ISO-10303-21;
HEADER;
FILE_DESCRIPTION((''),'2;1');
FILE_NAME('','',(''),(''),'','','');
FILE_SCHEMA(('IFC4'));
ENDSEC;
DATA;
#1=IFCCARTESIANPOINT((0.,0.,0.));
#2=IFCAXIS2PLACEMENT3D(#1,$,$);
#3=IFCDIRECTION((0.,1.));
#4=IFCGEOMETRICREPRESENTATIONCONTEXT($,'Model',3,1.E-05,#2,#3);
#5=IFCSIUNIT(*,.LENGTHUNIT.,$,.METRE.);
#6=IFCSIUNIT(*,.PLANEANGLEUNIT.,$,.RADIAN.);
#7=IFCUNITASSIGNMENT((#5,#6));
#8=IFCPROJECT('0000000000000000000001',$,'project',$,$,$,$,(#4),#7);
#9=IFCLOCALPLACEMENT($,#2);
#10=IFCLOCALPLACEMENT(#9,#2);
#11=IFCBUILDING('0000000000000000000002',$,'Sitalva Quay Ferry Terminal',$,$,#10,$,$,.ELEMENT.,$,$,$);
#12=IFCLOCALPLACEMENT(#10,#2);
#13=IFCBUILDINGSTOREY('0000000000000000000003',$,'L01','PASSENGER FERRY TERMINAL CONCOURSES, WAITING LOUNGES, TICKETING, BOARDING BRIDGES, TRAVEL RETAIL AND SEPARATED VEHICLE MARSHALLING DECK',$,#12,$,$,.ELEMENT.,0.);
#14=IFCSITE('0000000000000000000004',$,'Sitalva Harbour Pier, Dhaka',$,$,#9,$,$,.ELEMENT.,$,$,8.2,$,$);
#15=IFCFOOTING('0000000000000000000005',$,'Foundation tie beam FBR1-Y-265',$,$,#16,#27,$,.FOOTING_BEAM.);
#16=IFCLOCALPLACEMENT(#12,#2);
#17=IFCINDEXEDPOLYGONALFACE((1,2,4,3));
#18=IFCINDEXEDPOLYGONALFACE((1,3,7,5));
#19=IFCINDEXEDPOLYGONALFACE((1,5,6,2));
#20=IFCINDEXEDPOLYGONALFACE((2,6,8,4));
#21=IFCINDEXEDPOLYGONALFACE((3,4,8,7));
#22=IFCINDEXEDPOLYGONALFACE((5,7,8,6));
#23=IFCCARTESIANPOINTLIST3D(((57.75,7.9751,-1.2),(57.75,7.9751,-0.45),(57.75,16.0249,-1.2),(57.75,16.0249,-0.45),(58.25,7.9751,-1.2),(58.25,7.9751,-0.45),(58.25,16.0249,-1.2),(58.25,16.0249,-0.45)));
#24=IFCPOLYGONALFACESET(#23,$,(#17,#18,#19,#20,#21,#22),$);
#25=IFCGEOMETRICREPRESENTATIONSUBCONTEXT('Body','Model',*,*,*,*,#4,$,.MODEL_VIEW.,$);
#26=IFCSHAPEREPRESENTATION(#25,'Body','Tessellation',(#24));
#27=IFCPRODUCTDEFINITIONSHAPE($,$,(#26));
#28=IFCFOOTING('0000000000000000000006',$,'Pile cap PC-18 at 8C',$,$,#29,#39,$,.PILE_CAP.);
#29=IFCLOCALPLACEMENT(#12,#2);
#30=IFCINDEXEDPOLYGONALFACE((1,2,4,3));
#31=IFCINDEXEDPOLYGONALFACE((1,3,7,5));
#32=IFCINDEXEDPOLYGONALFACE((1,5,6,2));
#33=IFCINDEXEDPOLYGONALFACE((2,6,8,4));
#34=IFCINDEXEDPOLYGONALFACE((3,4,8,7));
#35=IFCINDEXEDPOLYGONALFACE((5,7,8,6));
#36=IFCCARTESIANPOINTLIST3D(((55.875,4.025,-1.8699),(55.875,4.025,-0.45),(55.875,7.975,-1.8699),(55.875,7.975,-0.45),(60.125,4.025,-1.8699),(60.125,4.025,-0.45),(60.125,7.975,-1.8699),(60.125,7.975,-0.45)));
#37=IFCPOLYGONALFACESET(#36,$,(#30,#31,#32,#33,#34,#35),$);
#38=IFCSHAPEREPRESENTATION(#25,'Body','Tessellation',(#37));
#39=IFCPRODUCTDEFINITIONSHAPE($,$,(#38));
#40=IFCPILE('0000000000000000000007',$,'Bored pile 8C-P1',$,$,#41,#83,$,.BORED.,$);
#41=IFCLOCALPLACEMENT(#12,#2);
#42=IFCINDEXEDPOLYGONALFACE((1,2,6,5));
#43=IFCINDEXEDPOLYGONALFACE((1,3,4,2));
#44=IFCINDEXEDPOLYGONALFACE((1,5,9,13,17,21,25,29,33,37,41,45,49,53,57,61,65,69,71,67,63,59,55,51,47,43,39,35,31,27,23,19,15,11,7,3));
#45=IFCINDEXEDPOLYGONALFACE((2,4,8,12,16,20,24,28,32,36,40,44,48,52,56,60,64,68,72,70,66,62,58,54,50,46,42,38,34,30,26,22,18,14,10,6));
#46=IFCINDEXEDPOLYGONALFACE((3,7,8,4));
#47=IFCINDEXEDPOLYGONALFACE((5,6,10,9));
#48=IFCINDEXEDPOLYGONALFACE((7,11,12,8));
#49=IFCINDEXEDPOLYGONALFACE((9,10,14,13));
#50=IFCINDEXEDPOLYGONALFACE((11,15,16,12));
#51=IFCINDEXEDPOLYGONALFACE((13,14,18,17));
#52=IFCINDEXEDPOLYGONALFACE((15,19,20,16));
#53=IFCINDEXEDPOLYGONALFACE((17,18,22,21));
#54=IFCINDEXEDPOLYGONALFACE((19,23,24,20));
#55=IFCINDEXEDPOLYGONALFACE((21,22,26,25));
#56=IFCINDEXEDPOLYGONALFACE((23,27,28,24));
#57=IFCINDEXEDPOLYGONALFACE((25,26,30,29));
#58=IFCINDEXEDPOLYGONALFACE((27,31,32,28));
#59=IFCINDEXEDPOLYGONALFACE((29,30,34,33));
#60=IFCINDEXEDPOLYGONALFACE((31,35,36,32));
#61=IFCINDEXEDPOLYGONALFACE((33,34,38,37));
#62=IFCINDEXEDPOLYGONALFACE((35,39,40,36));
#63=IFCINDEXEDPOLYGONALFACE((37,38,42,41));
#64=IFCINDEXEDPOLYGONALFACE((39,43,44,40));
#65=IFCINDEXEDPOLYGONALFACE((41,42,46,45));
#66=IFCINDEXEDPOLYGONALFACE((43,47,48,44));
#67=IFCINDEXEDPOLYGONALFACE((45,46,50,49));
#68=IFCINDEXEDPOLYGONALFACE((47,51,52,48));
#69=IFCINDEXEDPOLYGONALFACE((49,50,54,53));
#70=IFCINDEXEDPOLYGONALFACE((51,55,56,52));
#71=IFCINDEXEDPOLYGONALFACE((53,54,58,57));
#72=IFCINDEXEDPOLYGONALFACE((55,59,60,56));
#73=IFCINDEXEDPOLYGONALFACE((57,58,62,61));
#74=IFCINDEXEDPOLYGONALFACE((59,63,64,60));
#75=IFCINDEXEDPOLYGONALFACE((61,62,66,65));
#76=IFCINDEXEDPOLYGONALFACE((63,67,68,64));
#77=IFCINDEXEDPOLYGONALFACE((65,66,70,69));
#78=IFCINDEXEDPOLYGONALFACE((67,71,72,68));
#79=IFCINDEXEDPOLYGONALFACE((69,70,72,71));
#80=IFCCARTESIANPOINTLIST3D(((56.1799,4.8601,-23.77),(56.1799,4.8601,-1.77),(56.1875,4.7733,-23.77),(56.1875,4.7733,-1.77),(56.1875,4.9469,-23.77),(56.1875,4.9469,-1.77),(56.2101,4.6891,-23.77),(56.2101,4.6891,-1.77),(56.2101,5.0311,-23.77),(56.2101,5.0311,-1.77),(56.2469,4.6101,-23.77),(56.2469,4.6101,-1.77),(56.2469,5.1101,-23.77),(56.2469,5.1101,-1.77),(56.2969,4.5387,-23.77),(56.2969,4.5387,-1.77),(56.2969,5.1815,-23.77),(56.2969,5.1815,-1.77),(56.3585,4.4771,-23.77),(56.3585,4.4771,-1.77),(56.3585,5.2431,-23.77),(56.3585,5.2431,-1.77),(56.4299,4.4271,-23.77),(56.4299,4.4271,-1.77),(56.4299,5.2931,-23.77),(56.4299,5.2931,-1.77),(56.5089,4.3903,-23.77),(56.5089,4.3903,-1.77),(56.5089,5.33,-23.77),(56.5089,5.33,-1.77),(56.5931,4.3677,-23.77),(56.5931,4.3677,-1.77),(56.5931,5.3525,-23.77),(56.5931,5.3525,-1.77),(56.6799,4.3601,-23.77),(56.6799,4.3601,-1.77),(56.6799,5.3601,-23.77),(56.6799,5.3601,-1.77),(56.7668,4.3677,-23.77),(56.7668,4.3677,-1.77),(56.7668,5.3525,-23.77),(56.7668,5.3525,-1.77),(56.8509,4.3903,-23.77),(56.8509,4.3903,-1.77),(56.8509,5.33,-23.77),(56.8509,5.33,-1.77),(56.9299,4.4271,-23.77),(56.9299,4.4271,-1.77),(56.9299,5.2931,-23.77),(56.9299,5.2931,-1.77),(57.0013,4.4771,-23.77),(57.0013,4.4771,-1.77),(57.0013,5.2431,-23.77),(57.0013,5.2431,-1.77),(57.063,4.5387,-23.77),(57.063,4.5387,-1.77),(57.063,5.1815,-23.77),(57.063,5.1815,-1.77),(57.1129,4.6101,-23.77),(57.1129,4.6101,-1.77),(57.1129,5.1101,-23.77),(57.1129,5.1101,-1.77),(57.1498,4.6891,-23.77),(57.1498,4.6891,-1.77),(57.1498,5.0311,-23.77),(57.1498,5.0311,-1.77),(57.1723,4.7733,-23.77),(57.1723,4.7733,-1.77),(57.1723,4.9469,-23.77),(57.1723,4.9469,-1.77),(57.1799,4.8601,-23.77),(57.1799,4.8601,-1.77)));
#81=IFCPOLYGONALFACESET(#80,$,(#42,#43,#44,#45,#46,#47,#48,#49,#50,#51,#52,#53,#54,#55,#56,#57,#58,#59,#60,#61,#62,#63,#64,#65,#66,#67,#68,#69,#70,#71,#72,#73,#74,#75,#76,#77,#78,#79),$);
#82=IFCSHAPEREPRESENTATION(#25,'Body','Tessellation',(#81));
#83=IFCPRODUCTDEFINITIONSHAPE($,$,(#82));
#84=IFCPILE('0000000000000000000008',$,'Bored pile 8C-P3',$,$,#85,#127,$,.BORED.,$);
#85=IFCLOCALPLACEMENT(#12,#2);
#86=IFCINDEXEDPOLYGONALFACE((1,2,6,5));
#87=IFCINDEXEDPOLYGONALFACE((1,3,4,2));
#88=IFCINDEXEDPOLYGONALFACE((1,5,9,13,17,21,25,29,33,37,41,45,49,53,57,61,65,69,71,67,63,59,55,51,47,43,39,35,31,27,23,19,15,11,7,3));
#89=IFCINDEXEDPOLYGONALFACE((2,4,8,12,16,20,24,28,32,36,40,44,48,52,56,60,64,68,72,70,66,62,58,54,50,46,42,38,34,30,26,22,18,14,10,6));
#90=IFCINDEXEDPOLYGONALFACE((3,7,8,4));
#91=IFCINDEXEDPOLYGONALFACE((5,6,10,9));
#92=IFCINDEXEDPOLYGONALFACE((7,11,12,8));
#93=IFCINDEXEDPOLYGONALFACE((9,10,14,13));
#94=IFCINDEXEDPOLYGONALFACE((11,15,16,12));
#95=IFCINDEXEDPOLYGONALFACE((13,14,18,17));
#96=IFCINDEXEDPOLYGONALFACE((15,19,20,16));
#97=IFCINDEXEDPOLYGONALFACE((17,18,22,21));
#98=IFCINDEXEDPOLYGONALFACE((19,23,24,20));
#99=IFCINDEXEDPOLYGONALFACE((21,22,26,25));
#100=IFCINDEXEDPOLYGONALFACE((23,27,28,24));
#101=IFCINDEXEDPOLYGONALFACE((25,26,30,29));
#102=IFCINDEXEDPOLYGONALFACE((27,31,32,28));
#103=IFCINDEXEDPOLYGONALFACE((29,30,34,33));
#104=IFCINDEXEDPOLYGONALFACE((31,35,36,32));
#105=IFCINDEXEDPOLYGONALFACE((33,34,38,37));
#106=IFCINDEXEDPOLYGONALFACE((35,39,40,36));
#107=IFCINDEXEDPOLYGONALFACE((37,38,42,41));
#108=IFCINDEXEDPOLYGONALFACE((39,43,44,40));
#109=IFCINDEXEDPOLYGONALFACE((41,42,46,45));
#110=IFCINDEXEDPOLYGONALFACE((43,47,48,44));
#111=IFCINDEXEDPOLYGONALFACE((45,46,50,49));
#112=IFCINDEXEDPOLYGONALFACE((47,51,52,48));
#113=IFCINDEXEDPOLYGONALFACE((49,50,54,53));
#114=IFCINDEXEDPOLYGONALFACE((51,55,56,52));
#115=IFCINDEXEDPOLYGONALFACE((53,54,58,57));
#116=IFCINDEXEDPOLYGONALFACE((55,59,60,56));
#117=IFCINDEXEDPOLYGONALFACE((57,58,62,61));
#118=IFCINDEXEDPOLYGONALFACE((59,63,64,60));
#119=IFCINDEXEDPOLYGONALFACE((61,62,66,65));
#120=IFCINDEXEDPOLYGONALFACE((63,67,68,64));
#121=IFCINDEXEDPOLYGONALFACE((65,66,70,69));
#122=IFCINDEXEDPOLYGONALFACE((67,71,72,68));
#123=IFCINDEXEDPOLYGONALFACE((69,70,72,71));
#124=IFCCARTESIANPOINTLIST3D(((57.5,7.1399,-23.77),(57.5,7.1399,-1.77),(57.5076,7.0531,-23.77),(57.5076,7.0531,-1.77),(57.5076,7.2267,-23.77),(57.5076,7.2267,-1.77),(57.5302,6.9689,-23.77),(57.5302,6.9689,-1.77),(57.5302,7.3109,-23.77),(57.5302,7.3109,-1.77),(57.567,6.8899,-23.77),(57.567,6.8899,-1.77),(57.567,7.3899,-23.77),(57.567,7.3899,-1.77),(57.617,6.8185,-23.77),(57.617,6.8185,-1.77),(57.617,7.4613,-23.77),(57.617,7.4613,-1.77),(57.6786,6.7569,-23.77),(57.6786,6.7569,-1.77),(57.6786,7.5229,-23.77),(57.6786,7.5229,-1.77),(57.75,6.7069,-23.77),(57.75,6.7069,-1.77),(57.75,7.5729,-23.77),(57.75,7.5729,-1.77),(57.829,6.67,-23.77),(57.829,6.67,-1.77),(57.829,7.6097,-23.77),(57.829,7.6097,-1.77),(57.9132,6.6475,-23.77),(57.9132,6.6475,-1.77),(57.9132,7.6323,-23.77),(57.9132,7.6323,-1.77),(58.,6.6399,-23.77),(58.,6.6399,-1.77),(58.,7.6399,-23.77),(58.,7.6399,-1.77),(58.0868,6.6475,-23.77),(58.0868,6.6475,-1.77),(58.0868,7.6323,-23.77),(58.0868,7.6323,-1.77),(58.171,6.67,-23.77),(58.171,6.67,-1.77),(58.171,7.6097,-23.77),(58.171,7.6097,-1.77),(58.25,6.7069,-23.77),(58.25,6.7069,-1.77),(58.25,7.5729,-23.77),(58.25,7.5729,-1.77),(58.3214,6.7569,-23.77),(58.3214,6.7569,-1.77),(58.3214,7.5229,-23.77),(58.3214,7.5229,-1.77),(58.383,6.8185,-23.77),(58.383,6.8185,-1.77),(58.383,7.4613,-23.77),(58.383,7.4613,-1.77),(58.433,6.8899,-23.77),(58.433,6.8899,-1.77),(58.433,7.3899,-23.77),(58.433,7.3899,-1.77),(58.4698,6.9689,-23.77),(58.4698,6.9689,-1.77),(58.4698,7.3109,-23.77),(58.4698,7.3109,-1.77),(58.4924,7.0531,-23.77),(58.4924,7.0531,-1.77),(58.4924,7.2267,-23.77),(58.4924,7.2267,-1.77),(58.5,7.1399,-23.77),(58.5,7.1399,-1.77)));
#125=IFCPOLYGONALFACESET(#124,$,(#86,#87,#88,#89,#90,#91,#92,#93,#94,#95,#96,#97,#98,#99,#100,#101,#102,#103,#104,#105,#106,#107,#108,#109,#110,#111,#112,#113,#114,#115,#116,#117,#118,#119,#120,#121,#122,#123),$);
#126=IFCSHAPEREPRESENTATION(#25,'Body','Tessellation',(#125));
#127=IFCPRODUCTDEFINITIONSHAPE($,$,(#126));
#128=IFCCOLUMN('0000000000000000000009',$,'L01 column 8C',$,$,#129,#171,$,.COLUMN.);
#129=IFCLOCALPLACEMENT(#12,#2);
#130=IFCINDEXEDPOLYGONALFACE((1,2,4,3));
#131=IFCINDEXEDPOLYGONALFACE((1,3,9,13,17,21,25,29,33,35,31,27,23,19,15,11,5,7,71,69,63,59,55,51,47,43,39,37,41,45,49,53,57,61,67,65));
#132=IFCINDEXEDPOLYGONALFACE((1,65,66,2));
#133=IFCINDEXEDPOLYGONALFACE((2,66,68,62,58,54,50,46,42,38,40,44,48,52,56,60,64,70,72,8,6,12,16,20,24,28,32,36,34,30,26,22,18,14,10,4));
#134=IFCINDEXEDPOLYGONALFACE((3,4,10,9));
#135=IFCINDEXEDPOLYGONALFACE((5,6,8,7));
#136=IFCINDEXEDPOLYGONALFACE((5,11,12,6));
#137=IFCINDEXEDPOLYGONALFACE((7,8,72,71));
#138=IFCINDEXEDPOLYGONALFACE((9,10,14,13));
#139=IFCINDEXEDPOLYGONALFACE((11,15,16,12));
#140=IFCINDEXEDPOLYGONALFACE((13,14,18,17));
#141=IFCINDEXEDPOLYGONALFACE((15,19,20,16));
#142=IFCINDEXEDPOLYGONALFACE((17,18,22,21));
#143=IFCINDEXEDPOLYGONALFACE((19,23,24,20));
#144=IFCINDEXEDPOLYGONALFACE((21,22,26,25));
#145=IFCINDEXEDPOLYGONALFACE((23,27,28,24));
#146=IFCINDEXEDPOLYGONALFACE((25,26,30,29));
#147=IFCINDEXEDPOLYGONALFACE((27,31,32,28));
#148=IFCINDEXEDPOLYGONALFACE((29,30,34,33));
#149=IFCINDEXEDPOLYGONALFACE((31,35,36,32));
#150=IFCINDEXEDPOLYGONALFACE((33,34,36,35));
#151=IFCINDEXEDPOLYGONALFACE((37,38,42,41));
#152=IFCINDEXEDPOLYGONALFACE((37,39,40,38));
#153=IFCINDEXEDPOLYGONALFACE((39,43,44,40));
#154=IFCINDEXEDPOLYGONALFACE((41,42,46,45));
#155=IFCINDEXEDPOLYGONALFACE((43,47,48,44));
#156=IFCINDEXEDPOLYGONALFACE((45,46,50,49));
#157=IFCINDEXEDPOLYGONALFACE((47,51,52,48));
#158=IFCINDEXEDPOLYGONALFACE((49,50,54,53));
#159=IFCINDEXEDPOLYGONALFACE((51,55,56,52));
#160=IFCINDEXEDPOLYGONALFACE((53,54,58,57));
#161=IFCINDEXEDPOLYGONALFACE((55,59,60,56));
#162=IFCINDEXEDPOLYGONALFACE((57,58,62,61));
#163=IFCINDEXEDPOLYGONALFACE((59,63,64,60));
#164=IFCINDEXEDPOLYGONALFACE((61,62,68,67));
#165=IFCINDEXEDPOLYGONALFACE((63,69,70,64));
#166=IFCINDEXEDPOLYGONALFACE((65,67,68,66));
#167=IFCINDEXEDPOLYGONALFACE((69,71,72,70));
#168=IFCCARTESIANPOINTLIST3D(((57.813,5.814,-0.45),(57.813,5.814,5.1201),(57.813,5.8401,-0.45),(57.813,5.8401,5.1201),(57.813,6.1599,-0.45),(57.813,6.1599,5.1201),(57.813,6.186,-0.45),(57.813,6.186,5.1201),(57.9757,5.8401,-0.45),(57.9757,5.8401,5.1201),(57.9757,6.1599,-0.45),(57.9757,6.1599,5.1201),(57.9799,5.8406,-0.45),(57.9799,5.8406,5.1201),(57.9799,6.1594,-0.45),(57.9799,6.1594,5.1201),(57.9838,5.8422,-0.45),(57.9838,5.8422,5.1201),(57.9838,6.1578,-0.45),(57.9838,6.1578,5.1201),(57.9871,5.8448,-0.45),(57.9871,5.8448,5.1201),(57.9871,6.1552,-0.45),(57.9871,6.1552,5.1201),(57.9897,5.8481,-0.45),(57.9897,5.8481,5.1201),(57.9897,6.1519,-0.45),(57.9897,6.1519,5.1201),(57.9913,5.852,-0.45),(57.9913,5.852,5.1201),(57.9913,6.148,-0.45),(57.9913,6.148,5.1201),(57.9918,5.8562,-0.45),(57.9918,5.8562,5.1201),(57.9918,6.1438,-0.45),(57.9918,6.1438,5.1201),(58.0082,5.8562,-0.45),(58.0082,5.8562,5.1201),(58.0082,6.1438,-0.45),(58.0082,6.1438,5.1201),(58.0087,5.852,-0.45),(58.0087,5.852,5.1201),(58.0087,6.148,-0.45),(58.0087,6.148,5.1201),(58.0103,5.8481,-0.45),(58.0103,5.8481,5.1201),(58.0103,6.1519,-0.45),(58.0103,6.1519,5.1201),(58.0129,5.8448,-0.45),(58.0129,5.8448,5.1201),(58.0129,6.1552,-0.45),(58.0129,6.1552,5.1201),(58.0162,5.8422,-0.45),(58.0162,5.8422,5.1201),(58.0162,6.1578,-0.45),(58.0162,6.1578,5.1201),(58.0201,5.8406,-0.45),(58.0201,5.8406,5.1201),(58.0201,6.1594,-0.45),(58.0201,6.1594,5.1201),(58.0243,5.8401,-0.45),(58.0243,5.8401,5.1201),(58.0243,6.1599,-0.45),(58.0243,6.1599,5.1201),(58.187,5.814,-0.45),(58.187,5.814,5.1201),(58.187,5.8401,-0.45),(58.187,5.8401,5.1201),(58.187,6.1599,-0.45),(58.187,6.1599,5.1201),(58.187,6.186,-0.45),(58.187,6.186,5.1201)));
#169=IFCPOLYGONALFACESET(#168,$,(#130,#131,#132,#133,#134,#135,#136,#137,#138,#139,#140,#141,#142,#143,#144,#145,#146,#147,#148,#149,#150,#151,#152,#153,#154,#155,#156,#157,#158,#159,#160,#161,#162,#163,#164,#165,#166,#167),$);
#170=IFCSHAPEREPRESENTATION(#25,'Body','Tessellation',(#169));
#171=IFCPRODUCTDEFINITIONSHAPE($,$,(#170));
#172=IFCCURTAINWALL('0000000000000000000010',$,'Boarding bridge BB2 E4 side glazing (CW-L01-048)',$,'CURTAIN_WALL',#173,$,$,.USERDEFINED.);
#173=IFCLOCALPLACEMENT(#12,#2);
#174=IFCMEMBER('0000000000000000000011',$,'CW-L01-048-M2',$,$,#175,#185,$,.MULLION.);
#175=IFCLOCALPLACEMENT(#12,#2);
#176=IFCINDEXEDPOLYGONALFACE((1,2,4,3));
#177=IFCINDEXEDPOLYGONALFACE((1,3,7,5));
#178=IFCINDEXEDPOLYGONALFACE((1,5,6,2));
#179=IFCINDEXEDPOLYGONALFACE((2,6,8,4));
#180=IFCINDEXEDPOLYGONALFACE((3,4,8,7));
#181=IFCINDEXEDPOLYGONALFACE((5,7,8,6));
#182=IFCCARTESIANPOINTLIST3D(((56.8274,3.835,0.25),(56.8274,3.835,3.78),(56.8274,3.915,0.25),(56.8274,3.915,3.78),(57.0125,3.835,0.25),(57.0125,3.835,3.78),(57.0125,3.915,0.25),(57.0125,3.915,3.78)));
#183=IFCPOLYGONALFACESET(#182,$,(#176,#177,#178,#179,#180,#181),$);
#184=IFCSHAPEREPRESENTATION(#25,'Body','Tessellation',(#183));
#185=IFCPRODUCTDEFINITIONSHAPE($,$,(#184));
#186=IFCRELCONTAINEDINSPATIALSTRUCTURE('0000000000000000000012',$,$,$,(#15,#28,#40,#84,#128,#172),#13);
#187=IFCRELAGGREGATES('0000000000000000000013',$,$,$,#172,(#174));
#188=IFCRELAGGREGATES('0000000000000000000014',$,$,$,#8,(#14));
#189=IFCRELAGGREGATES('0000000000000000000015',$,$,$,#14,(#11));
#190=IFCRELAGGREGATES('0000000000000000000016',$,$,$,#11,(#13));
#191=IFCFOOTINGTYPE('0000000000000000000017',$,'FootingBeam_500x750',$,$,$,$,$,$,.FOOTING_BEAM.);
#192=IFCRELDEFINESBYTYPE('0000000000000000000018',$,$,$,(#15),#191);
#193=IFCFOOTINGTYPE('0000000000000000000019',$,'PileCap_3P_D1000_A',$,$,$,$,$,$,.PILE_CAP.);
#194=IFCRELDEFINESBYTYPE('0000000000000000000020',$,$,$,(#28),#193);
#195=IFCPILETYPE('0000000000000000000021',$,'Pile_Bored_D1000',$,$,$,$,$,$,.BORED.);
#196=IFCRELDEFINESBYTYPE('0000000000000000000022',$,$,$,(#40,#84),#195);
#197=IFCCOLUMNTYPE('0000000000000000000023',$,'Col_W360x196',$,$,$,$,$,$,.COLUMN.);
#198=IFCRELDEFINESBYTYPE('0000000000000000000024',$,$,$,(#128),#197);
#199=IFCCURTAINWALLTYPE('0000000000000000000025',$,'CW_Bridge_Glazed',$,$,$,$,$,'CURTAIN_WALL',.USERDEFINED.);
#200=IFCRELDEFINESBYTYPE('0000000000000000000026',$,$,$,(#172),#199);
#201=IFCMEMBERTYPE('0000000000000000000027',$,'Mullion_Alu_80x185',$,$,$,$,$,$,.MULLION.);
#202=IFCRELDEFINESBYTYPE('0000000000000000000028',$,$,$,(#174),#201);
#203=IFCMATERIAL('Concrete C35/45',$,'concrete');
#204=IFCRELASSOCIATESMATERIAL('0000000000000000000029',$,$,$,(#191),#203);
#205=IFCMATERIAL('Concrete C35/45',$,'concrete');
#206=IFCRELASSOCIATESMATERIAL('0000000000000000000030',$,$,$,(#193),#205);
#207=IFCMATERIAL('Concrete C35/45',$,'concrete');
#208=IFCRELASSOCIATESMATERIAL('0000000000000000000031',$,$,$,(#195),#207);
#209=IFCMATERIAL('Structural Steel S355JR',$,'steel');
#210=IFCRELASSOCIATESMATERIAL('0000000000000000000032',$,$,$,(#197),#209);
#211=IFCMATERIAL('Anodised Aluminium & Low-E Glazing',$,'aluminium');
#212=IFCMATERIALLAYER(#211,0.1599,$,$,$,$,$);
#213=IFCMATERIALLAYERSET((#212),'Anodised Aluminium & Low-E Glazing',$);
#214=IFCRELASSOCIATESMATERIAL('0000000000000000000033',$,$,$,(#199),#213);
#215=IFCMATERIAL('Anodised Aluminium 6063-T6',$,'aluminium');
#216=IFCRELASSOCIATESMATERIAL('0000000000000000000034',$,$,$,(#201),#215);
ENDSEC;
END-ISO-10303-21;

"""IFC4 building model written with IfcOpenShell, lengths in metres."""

from ifc_helpers import new_model, si_unit, direction, frame, origin, origin_2d, place, context, subcontext, project, spatial, rectangle, circle, i_section, extrude, material, layer, layer_set, material_profile, profile_set, type_object, element, aggregate, save


model = new_model("IFC4")

# Units and contexts
model_context = context("Model", 3, precision=1e-05, world=origin(), true_north=direction((0.0, 1.0)))
body_context = subcontext(model_context, "Body", "Model", "MODEL_VIEW")
ifc_project = project(units=[si_unit("LENGTHUNIT", "METRE"), si_unit("PLANEANGLEUNIT", "RADIAN")], contexts=[model_context])

# Site, building, storey
site_placement = place(None, origin())
site = spatial("IfcSite", under=ifc_project, at=site_placement, Name="Sitalva Harbour Pier, Dhaka", CompositionType="ELEMENT", RefElevation=8.2)
building_placement = place(site_placement, origin())
building = spatial("IfcBuilding", under=site, at=building_placement, Name="Sitalva Quay Ferry Terminal", CompositionType="ELEMENT")
storey_placement = place(building_placement, origin())
storey = spatial("IfcBuildingStorey", under=building, at=storey_placement, Name="L01", Description="PASSENGER FERRY TERMINAL CONCOURSES, WAITING LOUNGES, TICKETING, BOARDING BRIDGES, TRAVEL RETAIL AND SEPARATED VEHICLE MARSHALLING DECK", CompositionType="ELEMENT", Elevation=0.0)

# Footings
ifc_material_1 = material(Name="Concrete C35/45", Category="concrete")
ifc_material_profile_1 = material_profile(ifc_material_1, rectangle(XDim=0.5, YDim=0.75, at=origin_2d()), Name="RC500x750")
ifc_profile_set_1 = profile_set([ifc_material_profile_1], Name="Concrete C35/45")
footing_type_1 = type_object("IfcFootingType", Name="FootingBeam_500x750", PredefinedType="FOOTING_BEAM", material=ifc_profile_set_1)
footing_1_placement = place(storey_placement, frame((58.0, 7.9751, -0.825), z_axis=(0.0, 1.0, 0.0), x_axis=(-1.0, 0.0, 0.0)))
element("IfcFooting", 1, at=footing_1_placement, inside=storey, type_object=footing_type_1, Name="Foundation tie beam FBR1-Y-265", PredefinedType="FOOTING_BEAM", context=body_context, shape_type="SweptSolid", body=[
    extrude(rectangle(XDim=0.5, YDim=0.75, at=origin_2d()), origin(), (0.0, 0.0, 1.0), 8.0498),
])
ifc_material_2 = material(Name="Concrete C35/45", Category="concrete")
footing_type_2 = type_object("IfcFootingType", Name="PileCap_3P_D1000_A", PredefinedType="PILE_CAP", material=ifc_material_2)
footing_2_placement = place(storey_placement, frame((58.0, 6.0, -1.8699), z_axis=(0.0, 0.0, 1.0), x_axis=(1.0, 0.0, 0.0)))
element("IfcFooting", 2, at=footing_2_placement, inside=storey, type_object=footing_type_2, Name="Pile cap PC-18 at 8C", PredefinedType="PILE_CAP", context=body_context, shape_type="SweptSolid", body=[
    extrude(rectangle(XDim=4.25, YDim=3.95, at=origin_2d()), origin(), (0.0, 0.0, 1.0), 1.4199),
])

# Piles
ifc_material_3 = material(Name="Concrete C35/45", Category="concrete")
ifc_material_profile_2 = material_profile(ifc_material_3, circle(Radius=0.5, at=origin_2d()), Name="PILE-D1000")
ifc_profile_set_2 = profile_set([ifc_material_profile_2], Name="Concrete C35/45")
pile_type = type_object("IfcPileType", Name="Pile_Bored_D1000", PredefinedType="BORED", material=ifc_profile_set_2)
for number, where, z_axis, x_axis, name in (
    (3, (56.6799, 4.8601, -1.77), (0.0, 0.0, -1.0), (1.0, 0.0, 0.0), "Bored pile 8C-P1"),
    (4, (58.0, 7.1399, -1.77), (0.0, 0.0, -1.0), (1.0, 0.0, 0.0), "Bored pile 8C-P3"),
):
    element("IfcPile", number, at=place(storey_placement, frame(where, z_axis=z_axis, x_axis=x_axis)), inside=storey, type_object=pile_type, Name=name, PredefinedType="BORED", context=body_context, shape_type="SweptSolid", body=[
        extrude(circle(Radius=0.5, at=origin_2d()), origin(), (0.0, 0.0, 1.0), 22.0),
    ])

# Column
ifc_material_4 = material(Name="Structural Steel S355JR", Category="steel")
ifc_material_profile_3 = material_profile(ifc_material_4, i_section(OverallWidth=0.374, OverallDepth=0.3721, WebThickness=0.0164, FlangeThickness=0.0261, FilletRadius=0.0161, at=origin_2d()), Name="W360x196")
ifc_profile_set_3 = profile_set([ifc_material_profile_3], Name="Structural Steel S355JR")
column_type = type_object("IfcColumnType", Name="Col_W360x196", PredefinedType="COLUMN", material=ifc_profile_set_3)
column_placement = place(storey_placement, frame((58.0, 6.0, -0.45), z_axis=(0.0, 0.0, 1.0), x_axis=(1.0, 0.0, 0.0)))
element("IfcColumn", 5, at=column_placement, inside=storey, type_object=column_type, Name="L01 column 8C", PredefinedType="COLUMN", context=body_context, shape_type="SweptSolid", body=[
    extrude(i_section(OverallWidth=0.374, OverallDepth=0.3721, WebThickness=0.0164, FlangeThickness=0.0261, FilletRadius=0.0161, at=origin_2d()), origin(), (0.0, 0.0, 1.0), 5.5701),
])

# Curtain wall, member
ifc_material_5 = material(Name="Anodised Aluminium & Low-E Glazing", Category="aluminium")
ifc_layer_1 = layer(ifc_material_5, 0.1599)
ifc_layer_set_1 = layer_set([ifc_layer_1], Name="Anodised Aluminium & Low-E Glazing")
curtain_wall_type = type_object("IfcCurtainWallType", Name="CW_Bridge_Glazed", ElementType="CURTAIN_WALL", PredefinedType="USERDEFINED", material=ifc_layer_set_1)
curtain_wall_placement = place(storey_placement, origin())
curtain_wall = element("IfcCurtainWall", 6, at=curtain_wall_placement, inside=storey, type_object=curtain_wall_type, Name="Boarding bridge BB2 E4 side glazing (CW-L01-048)", ObjectType="CURTAIN_WALL", PredefinedType="USERDEFINED")
ifc_material_6 = material(Name="Anodised Aluminium 6063-T6", Category="aluminium")
ifc_material_profile_4 = material_profile(ifc_material_6, rectangle(XDim=0.0801, YDim=0.1851, at=origin_2d()), Name="ALU80x185")
ifc_profile_set_4 = profile_set([ifc_material_profile_4], Name="Anodised Aluminium 6063-T6")
member_type_1 = type_object("IfcMemberType", Name="Mullion_Alu_80x185", PredefinedType="MULLION", material=ifc_profile_set_4)
member_1_placement = place(storey_placement, frame((56.9199, 3.875, 0.25), z_axis=(0.0, 0.0, 1.0), x_axis=(0.0, 1.0, 0.0)))
member_1 = element("IfcMember", 7, at=member_1_placement, type_object=member_type_1, Name="CW-L01-048-M2", PredefinedType="MULLION", context=body_context, shape_type="SweptSolid", body=[
    extrude(rectangle(XDim=0.0801, YDim=0.1851, at=origin_2d()), origin(), (0.0, 0.0, 1.0), 3.53),
])

aggregate(curtain_wall, [member_1])

save(model, "model.ifc")
